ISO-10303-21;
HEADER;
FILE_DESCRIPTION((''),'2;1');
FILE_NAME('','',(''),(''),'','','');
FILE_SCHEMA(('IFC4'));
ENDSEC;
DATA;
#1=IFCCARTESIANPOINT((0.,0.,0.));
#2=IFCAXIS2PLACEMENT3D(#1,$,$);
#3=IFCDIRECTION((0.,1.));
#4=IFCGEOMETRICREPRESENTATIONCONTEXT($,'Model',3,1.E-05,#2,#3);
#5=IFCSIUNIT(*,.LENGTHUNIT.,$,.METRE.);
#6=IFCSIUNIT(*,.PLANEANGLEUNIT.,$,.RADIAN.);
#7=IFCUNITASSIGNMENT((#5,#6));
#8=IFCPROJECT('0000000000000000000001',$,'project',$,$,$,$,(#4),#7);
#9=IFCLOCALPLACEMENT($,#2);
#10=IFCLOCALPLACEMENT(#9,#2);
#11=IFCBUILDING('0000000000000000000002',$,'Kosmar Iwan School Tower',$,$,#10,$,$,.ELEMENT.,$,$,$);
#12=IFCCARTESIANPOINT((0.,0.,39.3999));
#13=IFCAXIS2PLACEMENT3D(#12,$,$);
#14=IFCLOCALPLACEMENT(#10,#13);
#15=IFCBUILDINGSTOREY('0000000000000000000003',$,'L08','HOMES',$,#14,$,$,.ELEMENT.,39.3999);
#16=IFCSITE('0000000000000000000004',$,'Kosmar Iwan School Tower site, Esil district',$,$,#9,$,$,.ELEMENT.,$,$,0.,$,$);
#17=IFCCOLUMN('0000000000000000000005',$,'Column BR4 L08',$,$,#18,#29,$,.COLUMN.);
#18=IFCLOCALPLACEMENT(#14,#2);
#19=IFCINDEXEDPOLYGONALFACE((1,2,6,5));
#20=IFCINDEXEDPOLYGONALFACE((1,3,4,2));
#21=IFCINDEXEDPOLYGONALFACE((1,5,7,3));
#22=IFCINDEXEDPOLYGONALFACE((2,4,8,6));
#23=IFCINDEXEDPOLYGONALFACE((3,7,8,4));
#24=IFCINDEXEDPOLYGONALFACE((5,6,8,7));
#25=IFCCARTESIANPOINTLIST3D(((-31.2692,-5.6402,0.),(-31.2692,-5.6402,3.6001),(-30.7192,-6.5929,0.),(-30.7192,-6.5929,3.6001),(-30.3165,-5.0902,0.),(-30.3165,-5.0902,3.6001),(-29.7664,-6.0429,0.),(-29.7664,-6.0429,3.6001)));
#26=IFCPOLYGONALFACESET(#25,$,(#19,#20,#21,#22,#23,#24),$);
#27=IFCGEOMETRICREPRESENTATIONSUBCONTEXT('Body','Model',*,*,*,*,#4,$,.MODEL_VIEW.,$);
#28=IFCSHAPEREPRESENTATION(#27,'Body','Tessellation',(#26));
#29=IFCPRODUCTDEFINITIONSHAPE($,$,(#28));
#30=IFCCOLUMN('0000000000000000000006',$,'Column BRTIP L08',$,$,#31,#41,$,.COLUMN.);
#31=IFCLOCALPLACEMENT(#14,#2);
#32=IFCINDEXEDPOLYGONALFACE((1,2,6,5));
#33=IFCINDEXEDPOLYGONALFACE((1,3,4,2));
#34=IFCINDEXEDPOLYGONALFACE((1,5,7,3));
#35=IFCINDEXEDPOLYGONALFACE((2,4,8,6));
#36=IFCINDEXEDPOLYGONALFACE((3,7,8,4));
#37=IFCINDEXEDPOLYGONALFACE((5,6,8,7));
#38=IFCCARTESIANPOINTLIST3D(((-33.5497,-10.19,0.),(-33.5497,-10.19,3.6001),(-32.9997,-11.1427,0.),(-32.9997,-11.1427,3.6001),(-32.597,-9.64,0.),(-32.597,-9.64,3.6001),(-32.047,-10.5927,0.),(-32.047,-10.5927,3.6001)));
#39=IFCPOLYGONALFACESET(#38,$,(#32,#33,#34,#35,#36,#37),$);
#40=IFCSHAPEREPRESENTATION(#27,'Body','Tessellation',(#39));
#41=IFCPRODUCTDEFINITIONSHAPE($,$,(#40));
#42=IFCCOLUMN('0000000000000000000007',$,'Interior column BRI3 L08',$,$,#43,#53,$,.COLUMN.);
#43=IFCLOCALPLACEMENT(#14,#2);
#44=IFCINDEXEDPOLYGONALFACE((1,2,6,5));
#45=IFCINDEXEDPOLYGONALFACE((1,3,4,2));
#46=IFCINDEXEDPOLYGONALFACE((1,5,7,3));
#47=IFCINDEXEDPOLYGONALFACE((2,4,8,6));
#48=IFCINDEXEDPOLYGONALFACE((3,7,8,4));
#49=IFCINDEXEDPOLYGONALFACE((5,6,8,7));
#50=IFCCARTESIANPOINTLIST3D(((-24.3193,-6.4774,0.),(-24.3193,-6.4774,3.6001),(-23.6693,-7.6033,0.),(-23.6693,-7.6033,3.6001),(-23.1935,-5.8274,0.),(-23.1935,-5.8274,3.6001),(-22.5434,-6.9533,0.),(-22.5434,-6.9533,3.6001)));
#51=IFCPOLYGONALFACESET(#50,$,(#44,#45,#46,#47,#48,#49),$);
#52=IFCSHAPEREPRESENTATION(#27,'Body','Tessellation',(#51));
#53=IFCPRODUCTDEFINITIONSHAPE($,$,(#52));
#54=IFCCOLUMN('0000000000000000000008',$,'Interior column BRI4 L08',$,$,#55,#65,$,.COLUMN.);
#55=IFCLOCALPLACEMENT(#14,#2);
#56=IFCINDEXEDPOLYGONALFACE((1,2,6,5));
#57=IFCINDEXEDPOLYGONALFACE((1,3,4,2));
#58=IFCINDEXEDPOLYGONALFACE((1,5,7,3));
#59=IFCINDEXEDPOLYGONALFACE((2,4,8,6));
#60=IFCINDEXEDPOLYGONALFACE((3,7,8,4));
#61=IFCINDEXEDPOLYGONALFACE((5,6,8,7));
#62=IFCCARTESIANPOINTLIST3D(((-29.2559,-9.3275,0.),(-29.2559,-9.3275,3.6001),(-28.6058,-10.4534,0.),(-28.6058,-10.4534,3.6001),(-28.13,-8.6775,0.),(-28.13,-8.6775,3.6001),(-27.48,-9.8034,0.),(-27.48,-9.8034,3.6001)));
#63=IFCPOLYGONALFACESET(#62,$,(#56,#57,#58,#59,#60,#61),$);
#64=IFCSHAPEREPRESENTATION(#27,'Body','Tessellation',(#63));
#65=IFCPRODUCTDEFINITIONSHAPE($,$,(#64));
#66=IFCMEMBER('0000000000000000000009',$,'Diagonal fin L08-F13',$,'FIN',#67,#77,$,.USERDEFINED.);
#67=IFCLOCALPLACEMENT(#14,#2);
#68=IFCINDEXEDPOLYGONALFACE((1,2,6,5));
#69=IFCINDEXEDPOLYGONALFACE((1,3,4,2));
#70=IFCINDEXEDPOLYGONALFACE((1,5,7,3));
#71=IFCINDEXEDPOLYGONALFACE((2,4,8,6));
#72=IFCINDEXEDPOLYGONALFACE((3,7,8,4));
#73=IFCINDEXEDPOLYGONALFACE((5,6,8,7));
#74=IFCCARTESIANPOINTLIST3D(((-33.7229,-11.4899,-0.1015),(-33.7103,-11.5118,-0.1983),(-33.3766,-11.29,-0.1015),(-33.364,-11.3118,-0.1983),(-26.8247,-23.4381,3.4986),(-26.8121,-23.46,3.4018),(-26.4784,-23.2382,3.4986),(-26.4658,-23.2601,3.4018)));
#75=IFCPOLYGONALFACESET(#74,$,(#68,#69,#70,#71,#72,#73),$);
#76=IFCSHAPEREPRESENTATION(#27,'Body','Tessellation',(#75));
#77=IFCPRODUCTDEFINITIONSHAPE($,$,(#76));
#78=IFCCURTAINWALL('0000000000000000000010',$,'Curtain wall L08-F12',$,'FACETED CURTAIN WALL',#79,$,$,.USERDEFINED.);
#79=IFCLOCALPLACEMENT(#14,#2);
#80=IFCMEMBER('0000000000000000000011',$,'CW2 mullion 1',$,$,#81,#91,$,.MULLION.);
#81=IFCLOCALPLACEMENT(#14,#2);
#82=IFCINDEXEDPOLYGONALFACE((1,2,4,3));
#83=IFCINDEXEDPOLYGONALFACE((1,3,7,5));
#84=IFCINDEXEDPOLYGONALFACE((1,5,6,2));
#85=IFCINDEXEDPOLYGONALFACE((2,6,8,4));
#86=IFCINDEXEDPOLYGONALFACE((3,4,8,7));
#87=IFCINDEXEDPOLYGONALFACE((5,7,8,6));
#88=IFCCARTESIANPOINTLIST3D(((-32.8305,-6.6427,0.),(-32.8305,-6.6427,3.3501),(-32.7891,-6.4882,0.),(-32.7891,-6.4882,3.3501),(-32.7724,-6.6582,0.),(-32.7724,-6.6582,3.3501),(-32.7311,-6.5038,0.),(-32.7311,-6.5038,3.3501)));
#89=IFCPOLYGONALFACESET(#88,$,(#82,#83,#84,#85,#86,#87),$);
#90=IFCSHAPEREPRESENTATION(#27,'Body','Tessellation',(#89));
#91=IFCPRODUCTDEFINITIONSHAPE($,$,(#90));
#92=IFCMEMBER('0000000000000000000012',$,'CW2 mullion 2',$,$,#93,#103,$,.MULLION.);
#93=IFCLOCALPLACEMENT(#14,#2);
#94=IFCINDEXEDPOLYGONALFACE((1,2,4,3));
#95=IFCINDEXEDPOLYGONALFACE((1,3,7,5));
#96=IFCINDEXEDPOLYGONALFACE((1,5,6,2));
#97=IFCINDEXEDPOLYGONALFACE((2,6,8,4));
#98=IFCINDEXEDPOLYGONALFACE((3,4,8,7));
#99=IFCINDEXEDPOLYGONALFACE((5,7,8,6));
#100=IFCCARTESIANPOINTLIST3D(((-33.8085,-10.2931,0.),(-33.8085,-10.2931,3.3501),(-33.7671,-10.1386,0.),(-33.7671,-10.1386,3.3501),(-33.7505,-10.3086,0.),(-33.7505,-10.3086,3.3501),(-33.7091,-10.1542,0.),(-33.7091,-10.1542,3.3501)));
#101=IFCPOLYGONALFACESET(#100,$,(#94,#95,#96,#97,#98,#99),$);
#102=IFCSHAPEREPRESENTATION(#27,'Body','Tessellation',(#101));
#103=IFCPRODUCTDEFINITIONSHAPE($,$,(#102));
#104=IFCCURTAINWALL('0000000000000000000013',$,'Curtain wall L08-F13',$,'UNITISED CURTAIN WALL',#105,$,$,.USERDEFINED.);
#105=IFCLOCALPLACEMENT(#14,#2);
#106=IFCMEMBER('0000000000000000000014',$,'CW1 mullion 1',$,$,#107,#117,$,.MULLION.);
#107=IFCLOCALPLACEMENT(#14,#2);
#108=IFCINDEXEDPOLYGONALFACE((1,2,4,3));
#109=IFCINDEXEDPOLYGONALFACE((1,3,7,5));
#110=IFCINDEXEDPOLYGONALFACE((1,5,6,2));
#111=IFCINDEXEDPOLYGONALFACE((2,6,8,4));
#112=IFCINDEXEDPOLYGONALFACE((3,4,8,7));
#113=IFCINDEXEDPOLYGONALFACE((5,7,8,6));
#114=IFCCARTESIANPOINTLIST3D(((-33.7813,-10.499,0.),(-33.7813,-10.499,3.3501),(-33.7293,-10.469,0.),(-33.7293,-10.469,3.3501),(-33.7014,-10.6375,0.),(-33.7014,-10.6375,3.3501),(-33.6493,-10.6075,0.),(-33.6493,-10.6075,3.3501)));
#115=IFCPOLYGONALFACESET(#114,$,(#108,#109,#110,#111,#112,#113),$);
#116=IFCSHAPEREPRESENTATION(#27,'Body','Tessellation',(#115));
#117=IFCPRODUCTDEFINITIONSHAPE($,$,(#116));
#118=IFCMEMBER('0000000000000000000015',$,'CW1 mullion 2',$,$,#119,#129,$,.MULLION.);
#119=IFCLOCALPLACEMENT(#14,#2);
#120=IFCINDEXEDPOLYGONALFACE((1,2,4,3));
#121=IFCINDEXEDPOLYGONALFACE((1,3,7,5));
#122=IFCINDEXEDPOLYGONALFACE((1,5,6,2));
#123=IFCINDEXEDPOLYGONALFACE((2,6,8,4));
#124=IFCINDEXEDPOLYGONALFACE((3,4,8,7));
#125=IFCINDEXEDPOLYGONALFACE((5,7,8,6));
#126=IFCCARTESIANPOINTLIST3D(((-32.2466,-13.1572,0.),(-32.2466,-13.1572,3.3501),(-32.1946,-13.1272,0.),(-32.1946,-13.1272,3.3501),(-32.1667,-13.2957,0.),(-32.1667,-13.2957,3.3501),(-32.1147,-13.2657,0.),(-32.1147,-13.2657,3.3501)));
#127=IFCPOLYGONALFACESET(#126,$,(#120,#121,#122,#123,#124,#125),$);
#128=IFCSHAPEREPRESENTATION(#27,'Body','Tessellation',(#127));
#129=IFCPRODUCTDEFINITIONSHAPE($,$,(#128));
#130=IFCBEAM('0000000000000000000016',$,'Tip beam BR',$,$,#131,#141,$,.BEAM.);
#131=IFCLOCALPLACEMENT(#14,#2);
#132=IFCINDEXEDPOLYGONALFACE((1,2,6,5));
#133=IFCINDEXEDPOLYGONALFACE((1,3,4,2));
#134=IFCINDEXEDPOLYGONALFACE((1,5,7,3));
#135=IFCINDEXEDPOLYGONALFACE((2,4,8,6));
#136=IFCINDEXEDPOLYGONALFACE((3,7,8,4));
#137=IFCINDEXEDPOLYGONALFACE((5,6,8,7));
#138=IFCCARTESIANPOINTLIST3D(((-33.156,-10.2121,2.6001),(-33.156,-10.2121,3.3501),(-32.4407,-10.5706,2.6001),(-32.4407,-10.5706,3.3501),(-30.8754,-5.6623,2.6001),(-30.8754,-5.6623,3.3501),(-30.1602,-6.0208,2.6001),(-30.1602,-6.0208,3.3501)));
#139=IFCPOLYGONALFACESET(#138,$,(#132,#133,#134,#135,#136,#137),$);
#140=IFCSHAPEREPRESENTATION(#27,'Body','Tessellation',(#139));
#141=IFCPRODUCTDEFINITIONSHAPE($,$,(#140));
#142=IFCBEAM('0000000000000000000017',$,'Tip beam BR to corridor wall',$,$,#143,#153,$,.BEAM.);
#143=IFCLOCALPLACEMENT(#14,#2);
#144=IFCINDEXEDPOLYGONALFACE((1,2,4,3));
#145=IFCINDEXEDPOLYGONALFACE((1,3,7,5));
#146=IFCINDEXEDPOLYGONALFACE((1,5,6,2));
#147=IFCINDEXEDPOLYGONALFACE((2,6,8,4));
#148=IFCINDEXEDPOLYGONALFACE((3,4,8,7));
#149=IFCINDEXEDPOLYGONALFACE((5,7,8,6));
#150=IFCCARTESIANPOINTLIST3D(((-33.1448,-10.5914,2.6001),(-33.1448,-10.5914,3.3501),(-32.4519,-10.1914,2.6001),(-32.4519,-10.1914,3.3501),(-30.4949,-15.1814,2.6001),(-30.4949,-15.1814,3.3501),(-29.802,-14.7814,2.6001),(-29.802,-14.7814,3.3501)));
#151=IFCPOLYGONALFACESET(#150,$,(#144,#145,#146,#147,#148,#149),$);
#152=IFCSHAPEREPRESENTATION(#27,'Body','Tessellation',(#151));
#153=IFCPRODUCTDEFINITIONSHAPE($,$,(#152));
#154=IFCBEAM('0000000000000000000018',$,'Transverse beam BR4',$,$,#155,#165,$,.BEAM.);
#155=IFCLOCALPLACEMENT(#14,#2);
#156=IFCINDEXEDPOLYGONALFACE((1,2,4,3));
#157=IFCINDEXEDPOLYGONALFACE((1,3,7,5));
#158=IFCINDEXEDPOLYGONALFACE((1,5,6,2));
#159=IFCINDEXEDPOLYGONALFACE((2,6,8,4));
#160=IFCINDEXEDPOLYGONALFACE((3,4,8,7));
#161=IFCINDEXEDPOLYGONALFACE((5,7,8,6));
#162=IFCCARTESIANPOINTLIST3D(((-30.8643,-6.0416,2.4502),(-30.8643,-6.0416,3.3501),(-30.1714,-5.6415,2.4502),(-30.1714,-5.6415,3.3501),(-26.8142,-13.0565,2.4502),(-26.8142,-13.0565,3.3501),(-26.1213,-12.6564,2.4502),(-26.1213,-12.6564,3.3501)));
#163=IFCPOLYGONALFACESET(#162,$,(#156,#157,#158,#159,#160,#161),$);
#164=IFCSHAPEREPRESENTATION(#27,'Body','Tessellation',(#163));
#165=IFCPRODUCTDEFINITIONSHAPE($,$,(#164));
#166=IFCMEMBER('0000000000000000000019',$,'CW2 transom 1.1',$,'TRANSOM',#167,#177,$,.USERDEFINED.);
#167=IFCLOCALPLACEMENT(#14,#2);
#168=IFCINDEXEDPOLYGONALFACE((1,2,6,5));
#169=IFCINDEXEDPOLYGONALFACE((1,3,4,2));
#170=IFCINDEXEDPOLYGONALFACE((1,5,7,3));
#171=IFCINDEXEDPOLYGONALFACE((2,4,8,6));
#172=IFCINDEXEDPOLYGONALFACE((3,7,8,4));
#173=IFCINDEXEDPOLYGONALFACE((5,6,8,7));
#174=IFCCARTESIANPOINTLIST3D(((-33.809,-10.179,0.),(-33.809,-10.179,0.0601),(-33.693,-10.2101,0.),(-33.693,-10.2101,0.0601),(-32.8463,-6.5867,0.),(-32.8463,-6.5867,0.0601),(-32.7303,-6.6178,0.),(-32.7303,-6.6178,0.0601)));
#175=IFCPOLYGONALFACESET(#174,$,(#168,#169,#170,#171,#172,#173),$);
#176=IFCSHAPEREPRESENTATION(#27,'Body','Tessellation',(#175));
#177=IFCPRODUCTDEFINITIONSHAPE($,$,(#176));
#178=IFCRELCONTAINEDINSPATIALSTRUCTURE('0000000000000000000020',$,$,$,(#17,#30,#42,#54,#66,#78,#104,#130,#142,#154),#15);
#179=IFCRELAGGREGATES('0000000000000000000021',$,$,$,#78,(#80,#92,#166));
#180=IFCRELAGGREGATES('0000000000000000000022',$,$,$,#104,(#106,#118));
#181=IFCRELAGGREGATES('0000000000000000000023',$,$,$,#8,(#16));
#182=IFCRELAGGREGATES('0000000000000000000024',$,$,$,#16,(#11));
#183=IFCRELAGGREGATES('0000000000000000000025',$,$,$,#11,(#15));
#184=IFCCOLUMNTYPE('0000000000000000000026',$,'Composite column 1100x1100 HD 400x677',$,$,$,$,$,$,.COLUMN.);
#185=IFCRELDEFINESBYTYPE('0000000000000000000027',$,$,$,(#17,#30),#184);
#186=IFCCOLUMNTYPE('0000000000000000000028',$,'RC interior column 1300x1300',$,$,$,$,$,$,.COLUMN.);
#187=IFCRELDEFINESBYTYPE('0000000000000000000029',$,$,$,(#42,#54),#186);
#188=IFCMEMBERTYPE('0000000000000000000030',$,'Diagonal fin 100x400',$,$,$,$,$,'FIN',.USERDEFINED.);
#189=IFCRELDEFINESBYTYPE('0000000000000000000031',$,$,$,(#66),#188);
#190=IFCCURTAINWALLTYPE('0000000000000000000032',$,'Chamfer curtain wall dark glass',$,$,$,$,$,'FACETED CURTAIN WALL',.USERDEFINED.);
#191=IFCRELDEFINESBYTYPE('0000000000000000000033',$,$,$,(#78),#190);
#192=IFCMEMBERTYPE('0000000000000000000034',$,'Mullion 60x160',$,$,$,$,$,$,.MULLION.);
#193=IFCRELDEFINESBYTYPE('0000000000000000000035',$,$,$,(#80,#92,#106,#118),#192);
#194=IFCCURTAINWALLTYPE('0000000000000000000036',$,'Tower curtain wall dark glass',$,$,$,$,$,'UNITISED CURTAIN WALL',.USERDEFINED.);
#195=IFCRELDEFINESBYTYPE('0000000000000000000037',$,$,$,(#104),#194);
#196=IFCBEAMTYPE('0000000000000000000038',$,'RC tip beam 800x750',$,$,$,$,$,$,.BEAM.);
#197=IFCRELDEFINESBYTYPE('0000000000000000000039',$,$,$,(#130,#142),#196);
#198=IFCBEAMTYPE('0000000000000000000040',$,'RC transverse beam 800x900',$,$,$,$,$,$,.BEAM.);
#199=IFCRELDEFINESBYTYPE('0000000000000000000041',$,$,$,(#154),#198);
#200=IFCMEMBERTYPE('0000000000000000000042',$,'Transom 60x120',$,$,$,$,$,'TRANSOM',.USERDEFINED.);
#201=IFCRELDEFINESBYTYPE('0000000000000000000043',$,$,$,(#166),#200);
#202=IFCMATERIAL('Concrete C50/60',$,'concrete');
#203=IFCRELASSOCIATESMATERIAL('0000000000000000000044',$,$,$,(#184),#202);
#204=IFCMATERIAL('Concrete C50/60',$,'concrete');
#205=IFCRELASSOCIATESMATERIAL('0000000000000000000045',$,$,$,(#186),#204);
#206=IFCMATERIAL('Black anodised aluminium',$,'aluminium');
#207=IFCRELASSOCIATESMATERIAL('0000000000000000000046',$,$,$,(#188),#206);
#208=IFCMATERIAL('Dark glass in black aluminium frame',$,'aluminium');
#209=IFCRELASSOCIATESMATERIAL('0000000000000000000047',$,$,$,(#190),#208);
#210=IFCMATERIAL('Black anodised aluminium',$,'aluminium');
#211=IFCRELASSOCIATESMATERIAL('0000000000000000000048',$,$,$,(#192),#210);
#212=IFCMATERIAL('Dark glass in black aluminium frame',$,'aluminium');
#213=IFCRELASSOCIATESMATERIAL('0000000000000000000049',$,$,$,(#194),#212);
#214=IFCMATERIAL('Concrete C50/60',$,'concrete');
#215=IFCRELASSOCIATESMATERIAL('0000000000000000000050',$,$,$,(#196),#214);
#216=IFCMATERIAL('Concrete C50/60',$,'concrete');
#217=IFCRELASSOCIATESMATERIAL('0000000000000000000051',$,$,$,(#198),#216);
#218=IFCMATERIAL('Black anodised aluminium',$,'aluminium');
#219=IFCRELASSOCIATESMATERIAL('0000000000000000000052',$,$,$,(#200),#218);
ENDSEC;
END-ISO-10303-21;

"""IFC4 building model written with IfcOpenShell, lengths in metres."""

from ifc_helpers import new_model, si_unit, direction, frame, origin, origin_2d, place, context, subcontext, project, spatial, rectangle, extrude, material, material_profile, profile_set, type_object, element, aggregate, save


model = new_model("IFC4")

# Units and contexts
model_context = context("Model", 3, precision=1e-05, world=origin(), true_north=direction((0.0, 1.0)))
body_context = subcontext(model_context, "Body", "Model", "MODEL_VIEW")
ifc_project = project(units=[si_unit("LENGTHUNIT", "METRE"), si_unit("PLANEANGLEUNIT", "RADIAN")], contexts=[model_context])

# Site, building, storey
site_placement = place(None, origin())
site = spatial("IfcSite", under=ifc_project, at=site_placement, Name="Kosmar Iwan School Tower site, Esil district", CompositionType="ELEMENT", RefElevation=0.0)
building_placement = place(site_placement, origin())
building = spatial("IfcBuilding", under=site, at=building_placement, Name="Kosmar Iwan School Tower", CompositionType="ELEMENT")
storey_placement = place(building_placement, frame((0.0, 0.0, 39.3999)))
storey = spatial("IfcBuildingStorey", under=building, at=storey_placement, Name="L08", Description="HOMES", CompositionType="ELEMENT", Elevation=39.3999)

# Columns
ifc_material_1 = material(Name="Concrete C50/60", Category="concrete")
ifc_material_profile_1 = material_profile(ifc_material_1, rectangle(XDim=1.1001, YDim=1.1001, at=origin_2d()), Name="RC 1100x1100 + HD 400x677")
ifc_profile_set_1 = profile_set([ifc_material_profile_1], Name="Concrete C50/60")
column_type_1 = type_object("IfcColumnType", Name="Composite column 1100x1100 HD 400x677", PredefinedType="COLUMN", material=ifc_profile_set_1)
for number, where, z_axis, x_axis, name in (
    (1, (-30.5178, -5.8416, 0.0), (0.0, 0.0, 1.0), (-0.866025, -0.5, 0.0), "Column BR4 L08"),
    (2, (-32.7983, -10.3914, 0.0), (0.0, 0.0, 1.0), (-0.866025, -0.5, 0.0), "Column BRTIP L08"),
):
    element("IfcColumn", number, at=place(storey_placement, frame(where, z_axis=z_axis, x_axis=x_axis)), inside=storey, type_object=column_type_1, Name=name, PredefinedType="COLUMN", context=body_context, shape_type="SweptSolid", body=[
        extrude(rectangle(XDim=1.1001, YDim=1.1001, at=origin_2d()), origin(), (0.0, 0.0, 1.0), 3.6001),
    ])
ifc_material_2 = material(Name="Concrete C50/60", Category="concrete")
ifc_material_profile_2 = material_profile(ifc_material_2, rectangle(XDim=1.3, YDim=1.3, at=origin_2d()), Name="RC 1300x1300")
ifc_profile_set_2 = profile_set([ifc_material_profile_2], Name="Concrete C50/60")
column_type_2 = type_object("IfcColumnType", Name="RC interior column 1300x1300", PredefinedType="COLUMN", material=ifc_profile_set_2)
for number, where, z_axis, x_axis, name in (
    (3, (-23.4314, -6.7153, 0.0), (0.0, 0.0, 1.0), (-0.866025, -0.5, 0.0), "Interior column BRI3 L08"),
    (4, (-28.3679, -9.5654, 0.0), (0.0, 0.0, 1.0), (-0.866025, -0.5, 0.0), "Interior column BRI4 L08"),
):
    element("IfcColumn", number, at=place(storey_placement, frame(where, z_axis=z_axis, x_axis=x_axis)), inside=storey, type_object=column_type_2, Name=name, PredefinedType="COLUMN", context=body_context, shape_type="SweptSolid", body=[
        extrude(rectangle(XDim=1.3, YDim=1.3, at=origin_2d()), origin(), (0.0, 0.0, 1.0), 3.6001),
    ])

# Member
ifc_material_3 = material(Name="Black anodised aluminium", Category="aluminium")
ifc_material_profile_3 = material_profile(ifc_material_3, rectangle(XDim=0.1001, YDim=0.3999, at=origin_2d()), Name="FIN 100x400")
ifc_profile_set_3 = profile_set([ifc_material_profile_3], Name="Black anodised aluminium")
member_type_1 = type_object("IfcMemberType", Name="Diagonal fin 100x400", ElementType="FIN", PredefinedType="USERDEFINED", material=ifc_profile_set_3)
member_1_placement = place(storey_placement, frame((-33.5435, -11.4009, -0.1499), z_axis=(0.483793, -0.83797, 0.252487), x_axis=(-0.126242, 0.218661, 0.9676)))
element("IfcMember", 5, at=member_1_placement, inside=storey, type_object=member_type_1, Name="Diagonal fin L08-F13", ObjectType="FIN", PredefinedType="USERDEFINED", context=body_context, shape_type="SweptSolid", body=[
    extrude(rectangle(XDim=0.1001, YDim=0.3999, at=origin_2d()), origin(), (0.0, 0.0, 1.0), 14.2585),
])

# Curtain walls, members
ifc_material_4 = material(Name="Dark glass in black aluminium frame", Category="aluminium")
curtain_wall_type_1 = type_object("IfcCurtainWallType", Name="Chamfer curtain wall dark glass", ElementType="FACETED CURTAIN WALL", PredefinedType="USERDEFINED", material=ifc_material_4)
curtain_wall_1_placement = place(storey_placement, origin())
curtain_wall_1 = element("IfcCurtainWall", 6, at=curtain_wall_1_placement, inside=storey, type_object=curtain_wall_type_1, Name="Curtain wall L08-F12", ObjectType="FACETED CURTAIN WALL", PredefinedType="USERDEFINED")
ifc_material_5 = material(Name="Black anodised aluminium", Category="aluminium")
ifc_material_profile_4 = material_profile(ifc_material_5, rectangle(XDim=0.0601, YDim=0.1599, at=origin_2d()), Name="MULLION 60x160")
ifc_profile_set_4 = profile_set([ifc_material_profile_4], Name="Black anodised aluminium")
member_type_2 = type_object("IfcMemberType", Name="Mullion 60x160", PredefinedType="MULLION", material=ifc_profile_set_4)
member_2_placement = place(storey_placement, frame((-32.7808, -6.5732, 0.0), z_axis=(0.0, 0.0, 1.0), x_axis=(0.965926, -0.258819, 0.0)))
member_2 = element("IfcMember", 7, at=member_2_placement, type_object=member_type_2, Name="CW2 mullion 1", PredefinedType="MULLION", context=body_context, shape_type="SweptSolid", body=[
    extrude(rectangle(XDim=0.0601, YDim=0.1599, at=origin_2d()), origin(), (0.0, 0.0, 1.0), 3.3501),
])
member_3_placement = place(storey_placement, frame((-33.7588, -10.2236, 0.0), z_axis=(0.0, 0.0, 1.0), x_axis=(0.965926, -0.258819, 0.0)))
member_3 = element("IfcMember", 8, at=member_3_placement, type_object=member_type_2, Name="CW2 mullion 2", PredefinedType="MULLION", context=body_context, shape_type="SweptSolid", body=[
    extrude(rectangle(XDim=0.0601, YDim=0.1599, at=origin_2d()), origin(), (0.0, 0.0, 1.0), 3.3501),
])
ifc_material_6 = material(Name="Dark glass in black aluminium frame", Category="aluminium")
curtain_wall_type_2 = type_object("IfcCurtainWallType", Name="Tower curtain wall dark glass", ElementType="UNITISED CURTAIN WALL", PredefinedType="USERDEFINED", material=ifc_material_6)
curtain_wall_2_placement = place(storey_placement, origin())
curtain_wall_2 = element("IfcCurtainWall", 9, at=curtain_wall_2_placement, inside=storey, type_object=curtain_wall_type_2, Name="Curtain wall L08-F13", ObjectType="UNITISED CURTAIN WALL", PredefinedType="USERDEFINED")
member_4_placement = place(storey_placement, frame((-33.7153, -10.5532, 0.0), z_axis=(0.0, 0.0, 1.0), x_axis=(0.866025, 0.5, 0.0)))
member_4 = element("IfcMember", 10, at=member_4_placement, type_object=member_type_2, Name="CW1 mullion 1", PredefinedType="MULLION", context=body_context, shape_type="SweptSolid", body=[
    extrude(rectangle(XDim=0.0601, YDim=0.1599, at=origin_2d()), origin(), (0.0, 0.0, 1.0), 3.3501),
])
member_5_placement = place(storey_placement, frame((-32.1807, -13.2114, 0.0), z_axis=(0.0, 0.0, 1.0), x_axis=(0.866025, 0.5, 0.0)))
member_5 = element("IfcMember", 11, at=member_5_placement, type_object=member_type_2, Name="CW1 mullion 2", PredefinedType="MULLION", context=body_context, shape_type="SweptSolid", body=[
    extrude(rectangle(XDim=0.0601, YDim=0.1599, at=origin_2d()), origin(), (0.0, 0.0, 1.0), 3.3501),
])

# Beams
ifc_material_7 = material(Name="Concrete C50/60", Category="concrete")
ifc_material_profile_5 = material_profile(ifc_material_7, rectangle(XDim=0.8, YDim=0.75, at=origin_2d()), Name="RC 800x750")
ifc_profile_set_5 = profile_set([ifc_material_profile_5], Name="Concrete C50/60")
beam_type_1 = type_object("IfcBeamType", Name="RC tip beam 800x750", PredefinedType="BEAM", material=ifc_profile_set_5)
beam_1_placement = place(storey_placement, frame((-30.5178, -5.8416, 2.9751), z_axis=(-0.448096, -0.893985, 0.0), x_axis=(0.893985, -0.448096, 0.0)))
element("IfcBeam", 12, at=beam_1_placement, inside=storey, type_object=beam_type_1, Name="Tip beam BR", PredefinedType="BEAM", context=body_context, shape_type="SweptSolid", body=[
    extrude(rectangle(XDim=0.8, YDim=0.75, at=origin_2d()), origin(), (0.0, 0.0, 1.0), 5.0894),
])
beam_2_placement = place(storey_placement, frame((-32.7983, -10.3914, 2.9751), z_axis=(0.499974, -0.866041, 0.0), x_axis=(0.866041, 0.499974, 0.0)))
element("IfcBeam", 13, at=beam_2_placement, inside=storey, type_object=beam_type_1, Name="Tip beam BR to corridor wall", PredefinedType="BEAM", context=body_context, shape_type="SweptSolid", body=[
    extrude(rectangle(XDim=0.8, YDim=0.75, at=origin_2d()), origin(), (0.0, 0.0, 1.0), 5.3),
])
ifc_material_8 = material(Name="Concrete C50/60", Category="concrete")
ifc_material_profile_6 = material_profile(ifc_material_8, rectangle(XDim=0.8, YDim=0.8999, at=origin_2d()), Name="RC 800x900")
ifc_profile_set_6 = profile_set([ifc_material_profile_6], Name="Concrete C50/60")
beam_type_2 = type_object("IfcBeamType", Name="RC transverse beam 800x900", PredefinedType="BEAM", material=ifc_profile_set_6)
beam_3_placement = place(storey_placement, frame((-30.5178, -5.8416, 2.9001), z_axis=(0.5, -0.866025, 0.0), x_axis=(0.866025, 0.5, 0.0)))
element("IfcBeam", 14, at=beam_3_placement, inside=storey, type_object=beam_type_2, Name="Transverse beam BR4", PredefinedType="BEAM", context=body_context, shape_type="SweptSolid", body=[
    extrude(rectangle(XDim=0.8, YDim=0.8999, at=origin_2d()), origin(), (0.0, 0.0, 1.0), 8.1001),
])

# Member
ifc_material_9 = material(Name="Black anodised aluminium", Category="aluminium")
ifc_material_profile_7 = material_profile(ifc_material_9, rectangle(XDim=0.1201, YDim=0.0601, at=origin_2d()), Name="TRANSOM 60x120")
ifc_profile_set_7 = profile_set([ifc_material_profile_7], Name="Black anodised aluminium")
member_type_3 = type_object("IfcMemberType", Name="Transom 60x120", ElementType="TRANSOM", PredefinedType="USERDEFINED", material=ifc_profile_set_7)
member_6_placement = place(storey_placement, frame((-32.7883, -6.6023, 0.03), z_axis=(-0.258843, -0.965919, 0.0), x_axis=(0.965919, -0.258843, 0.0)))
member_6 = element("IfcMember", 15, at=member_6_placement, type_object=member_type_3, Name="CW2 transom 1.1", ObjectType="TRANSOM", PredefinedType="USERDEFINED", context=body_context, shape_type="SweptSolid", body=[
    extrude(rectangle(XDim=0.1201, YDim=0.0601, at=origin_2d()), origin(), (0.0, 0.0, 1.0), 3.719),
])

aggregate(curtain_wall_1, [member_2, member_3, member_6])
aggregate(curtain_wall_2, [member_4, member_5])

save(model, "model.ifc")
